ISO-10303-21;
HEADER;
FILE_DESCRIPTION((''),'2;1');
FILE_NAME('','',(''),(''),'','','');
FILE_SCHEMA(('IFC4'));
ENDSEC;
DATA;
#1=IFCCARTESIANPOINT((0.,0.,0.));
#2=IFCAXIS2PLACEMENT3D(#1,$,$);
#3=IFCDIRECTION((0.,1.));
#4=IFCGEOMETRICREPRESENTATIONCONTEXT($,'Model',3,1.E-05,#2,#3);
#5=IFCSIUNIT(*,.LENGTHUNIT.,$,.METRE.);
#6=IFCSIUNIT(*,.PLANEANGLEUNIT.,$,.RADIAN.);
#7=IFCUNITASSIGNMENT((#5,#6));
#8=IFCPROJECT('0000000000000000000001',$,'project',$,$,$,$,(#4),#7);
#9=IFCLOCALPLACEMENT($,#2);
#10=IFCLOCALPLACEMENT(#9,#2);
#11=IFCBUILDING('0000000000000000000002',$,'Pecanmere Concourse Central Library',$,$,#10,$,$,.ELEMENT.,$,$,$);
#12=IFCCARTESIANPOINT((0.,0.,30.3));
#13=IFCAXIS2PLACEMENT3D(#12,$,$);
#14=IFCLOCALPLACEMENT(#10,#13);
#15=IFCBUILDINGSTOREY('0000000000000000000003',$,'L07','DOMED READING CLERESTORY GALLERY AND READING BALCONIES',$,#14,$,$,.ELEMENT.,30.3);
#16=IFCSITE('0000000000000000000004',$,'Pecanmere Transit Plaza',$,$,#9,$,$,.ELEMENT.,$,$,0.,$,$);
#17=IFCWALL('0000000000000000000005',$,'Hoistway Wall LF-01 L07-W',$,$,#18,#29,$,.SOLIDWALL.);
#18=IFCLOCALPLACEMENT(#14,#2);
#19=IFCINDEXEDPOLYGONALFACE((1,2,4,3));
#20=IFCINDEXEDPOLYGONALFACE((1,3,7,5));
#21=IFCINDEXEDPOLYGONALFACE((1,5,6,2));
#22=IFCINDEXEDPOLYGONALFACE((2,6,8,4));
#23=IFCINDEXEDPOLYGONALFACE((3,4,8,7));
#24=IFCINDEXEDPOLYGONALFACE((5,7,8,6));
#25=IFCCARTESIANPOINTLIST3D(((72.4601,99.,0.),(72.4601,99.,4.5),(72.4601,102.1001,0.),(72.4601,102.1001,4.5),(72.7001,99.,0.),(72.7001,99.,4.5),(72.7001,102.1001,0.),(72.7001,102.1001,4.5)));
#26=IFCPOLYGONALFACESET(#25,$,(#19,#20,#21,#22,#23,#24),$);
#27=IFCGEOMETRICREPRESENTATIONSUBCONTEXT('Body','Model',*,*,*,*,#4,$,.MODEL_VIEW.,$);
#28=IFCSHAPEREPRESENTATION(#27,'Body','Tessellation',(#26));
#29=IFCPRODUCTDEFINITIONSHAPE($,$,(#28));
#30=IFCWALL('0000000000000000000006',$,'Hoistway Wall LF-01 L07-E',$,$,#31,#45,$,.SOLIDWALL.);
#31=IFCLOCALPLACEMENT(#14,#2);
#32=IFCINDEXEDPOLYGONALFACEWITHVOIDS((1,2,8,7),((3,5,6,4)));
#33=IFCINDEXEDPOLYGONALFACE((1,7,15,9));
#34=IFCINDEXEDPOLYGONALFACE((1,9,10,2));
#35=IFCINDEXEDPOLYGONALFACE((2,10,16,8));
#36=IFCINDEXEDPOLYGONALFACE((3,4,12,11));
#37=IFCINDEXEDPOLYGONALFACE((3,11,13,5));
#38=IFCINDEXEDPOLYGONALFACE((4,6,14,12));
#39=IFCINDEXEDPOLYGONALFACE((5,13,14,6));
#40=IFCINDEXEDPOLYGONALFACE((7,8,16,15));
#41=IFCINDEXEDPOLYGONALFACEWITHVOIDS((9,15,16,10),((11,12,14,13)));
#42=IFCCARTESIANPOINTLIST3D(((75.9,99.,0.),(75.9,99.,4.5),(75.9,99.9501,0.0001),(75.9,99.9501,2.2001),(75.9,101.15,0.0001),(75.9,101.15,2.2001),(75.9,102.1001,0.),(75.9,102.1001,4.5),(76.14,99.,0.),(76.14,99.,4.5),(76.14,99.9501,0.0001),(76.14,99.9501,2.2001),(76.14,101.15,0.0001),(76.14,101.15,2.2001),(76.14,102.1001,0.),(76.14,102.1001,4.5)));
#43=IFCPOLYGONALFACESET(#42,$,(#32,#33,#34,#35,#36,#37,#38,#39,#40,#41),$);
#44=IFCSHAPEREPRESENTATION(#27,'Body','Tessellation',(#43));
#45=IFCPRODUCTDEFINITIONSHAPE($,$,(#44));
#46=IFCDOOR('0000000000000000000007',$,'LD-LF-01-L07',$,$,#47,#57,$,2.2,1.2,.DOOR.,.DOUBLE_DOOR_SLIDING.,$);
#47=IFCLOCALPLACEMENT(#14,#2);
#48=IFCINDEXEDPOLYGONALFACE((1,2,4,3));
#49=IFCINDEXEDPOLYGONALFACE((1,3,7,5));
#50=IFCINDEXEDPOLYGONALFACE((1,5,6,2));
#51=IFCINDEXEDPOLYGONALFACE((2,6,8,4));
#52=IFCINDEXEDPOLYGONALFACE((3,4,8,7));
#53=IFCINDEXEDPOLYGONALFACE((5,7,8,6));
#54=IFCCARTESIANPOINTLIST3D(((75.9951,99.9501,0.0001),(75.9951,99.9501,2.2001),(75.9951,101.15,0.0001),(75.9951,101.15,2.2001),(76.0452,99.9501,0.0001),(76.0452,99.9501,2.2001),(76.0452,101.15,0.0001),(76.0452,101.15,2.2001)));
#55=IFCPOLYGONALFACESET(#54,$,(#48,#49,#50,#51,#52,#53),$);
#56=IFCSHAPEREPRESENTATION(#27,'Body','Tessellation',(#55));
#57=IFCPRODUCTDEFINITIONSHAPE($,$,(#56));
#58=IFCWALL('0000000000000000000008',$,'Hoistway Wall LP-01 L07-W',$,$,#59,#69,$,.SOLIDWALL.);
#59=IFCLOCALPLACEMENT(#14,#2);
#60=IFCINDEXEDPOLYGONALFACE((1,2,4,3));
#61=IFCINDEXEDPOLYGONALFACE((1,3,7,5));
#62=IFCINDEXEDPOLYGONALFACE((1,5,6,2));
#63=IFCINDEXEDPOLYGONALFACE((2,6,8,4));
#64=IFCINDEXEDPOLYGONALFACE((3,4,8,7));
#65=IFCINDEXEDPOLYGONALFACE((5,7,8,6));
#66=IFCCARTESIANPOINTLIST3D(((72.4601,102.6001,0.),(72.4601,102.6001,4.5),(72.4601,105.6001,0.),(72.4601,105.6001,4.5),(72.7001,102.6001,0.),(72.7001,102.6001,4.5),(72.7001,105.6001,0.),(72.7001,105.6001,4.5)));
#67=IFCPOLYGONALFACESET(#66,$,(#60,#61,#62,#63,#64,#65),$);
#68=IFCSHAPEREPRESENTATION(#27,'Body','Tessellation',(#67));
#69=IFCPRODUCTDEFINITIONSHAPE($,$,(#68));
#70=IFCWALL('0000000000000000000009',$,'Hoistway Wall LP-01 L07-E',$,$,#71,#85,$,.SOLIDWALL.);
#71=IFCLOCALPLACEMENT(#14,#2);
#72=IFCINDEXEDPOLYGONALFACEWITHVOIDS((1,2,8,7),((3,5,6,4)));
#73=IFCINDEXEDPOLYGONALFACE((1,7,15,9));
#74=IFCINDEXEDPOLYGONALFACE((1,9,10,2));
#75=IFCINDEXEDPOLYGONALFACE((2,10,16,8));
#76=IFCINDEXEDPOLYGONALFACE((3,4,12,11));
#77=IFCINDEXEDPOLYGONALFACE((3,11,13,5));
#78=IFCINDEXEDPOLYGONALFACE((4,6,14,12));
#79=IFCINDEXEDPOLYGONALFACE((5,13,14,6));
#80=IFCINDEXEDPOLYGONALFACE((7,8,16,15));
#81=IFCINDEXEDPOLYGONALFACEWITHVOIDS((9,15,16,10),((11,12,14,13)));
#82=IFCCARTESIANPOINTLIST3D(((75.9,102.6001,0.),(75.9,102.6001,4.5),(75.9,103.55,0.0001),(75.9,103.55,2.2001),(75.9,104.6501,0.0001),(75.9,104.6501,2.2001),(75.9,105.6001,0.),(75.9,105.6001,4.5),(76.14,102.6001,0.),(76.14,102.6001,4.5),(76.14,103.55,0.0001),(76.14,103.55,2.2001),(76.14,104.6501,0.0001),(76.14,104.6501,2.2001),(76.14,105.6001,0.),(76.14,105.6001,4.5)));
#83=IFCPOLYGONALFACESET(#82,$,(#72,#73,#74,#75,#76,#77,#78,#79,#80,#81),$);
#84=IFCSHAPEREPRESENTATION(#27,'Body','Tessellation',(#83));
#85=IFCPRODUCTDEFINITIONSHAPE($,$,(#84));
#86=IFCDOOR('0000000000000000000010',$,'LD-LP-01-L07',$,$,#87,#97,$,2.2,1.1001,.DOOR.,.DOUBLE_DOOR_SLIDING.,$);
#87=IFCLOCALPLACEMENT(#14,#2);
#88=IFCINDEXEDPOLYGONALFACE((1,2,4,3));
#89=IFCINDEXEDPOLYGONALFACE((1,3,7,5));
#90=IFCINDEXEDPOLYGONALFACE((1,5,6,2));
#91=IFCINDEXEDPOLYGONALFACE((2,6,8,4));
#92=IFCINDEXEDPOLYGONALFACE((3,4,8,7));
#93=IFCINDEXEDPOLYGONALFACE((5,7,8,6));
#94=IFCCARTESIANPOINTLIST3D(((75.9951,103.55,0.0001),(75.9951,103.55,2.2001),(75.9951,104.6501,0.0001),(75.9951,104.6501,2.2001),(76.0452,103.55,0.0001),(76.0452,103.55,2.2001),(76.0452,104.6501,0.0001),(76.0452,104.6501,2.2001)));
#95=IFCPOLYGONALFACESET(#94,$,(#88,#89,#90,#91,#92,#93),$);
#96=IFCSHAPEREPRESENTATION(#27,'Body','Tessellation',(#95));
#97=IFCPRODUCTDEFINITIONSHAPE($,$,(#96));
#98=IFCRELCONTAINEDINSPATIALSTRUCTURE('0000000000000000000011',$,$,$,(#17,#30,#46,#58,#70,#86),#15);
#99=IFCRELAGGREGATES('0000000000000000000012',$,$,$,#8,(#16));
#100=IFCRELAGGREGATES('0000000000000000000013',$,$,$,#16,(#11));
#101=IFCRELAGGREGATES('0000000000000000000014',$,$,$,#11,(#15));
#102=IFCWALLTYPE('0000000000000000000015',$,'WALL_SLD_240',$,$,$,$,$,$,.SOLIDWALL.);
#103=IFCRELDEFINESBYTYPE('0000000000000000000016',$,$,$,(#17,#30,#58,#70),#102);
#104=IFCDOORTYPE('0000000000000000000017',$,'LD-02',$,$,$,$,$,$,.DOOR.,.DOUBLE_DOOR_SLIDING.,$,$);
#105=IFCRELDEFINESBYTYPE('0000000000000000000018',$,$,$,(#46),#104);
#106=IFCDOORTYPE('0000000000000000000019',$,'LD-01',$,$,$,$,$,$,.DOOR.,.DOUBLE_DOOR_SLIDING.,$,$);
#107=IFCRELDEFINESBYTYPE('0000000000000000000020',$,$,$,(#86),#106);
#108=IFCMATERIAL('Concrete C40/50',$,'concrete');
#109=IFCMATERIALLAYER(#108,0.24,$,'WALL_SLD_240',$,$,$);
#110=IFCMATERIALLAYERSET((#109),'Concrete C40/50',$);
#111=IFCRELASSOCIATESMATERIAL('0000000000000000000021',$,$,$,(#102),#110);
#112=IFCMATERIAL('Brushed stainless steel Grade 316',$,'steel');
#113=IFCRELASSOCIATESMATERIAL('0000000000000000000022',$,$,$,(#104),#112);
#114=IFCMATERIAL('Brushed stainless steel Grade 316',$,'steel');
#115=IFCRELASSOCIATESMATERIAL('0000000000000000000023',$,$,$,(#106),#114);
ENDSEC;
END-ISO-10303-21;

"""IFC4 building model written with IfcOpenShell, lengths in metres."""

from ifc_helpers import new_model, si_unit, direction, frame, frame_2d, origin, place, context, subcontext, project, spatial, rectangle, extrude, material, layer, layer_set, type_object, element, fill, save


model = new_model("IFC4")

# Units and contexts
model_context = context("Model", 3, precision=1e-05, world=origin(), true_north=direction((0.0, 1.0)))
body_context = subcontext(model_context, "Body", "Model", "MODEL_VIEW")
ifc_project = project(units=[si_unit("LENGTHUNIT", "METRE"), si_unit("PLANEANGLEUNIT", "RADIAN")], contexts=[model_context])

# Site, building, storey
site_placement = place(None, origin())
site = spatial("IfcSite", under=ifc_project, at=site_placement, Name="Pecanmere Transit Plaza", CompositionType="ELEMENT", RefElevation=0.0)
building_placement = place(site_placement, origin())
building = spatial("IfcBuilding", under=site, at=building_placement, Name="Pecanmere Concourse Central Library", CompositionType="ELEMENT")
storey_placement = place(building_placement, frame((0.0, 0.0, 30.3)))
storey = spatial("IfcBuildingStorey", under=building, at=storey_placement, Name="L07", Description="DOMED READING CLERESTORY GALLERY AND READING BALCONIES", CompositionType="ELEMENT", Elevation=30.3)

# Wall
ifc_material_1 = material(Name="Concrete C40/50", Category="concrete")
ifc_layer_1 = layer(ifc_material_1, 0.24, Name="WALL_SLD_240")
ifc_layer_set_1 = layer_set([ifc_layer_1], Name="Concrete C40/50")
wall_type_1 = type_object("IfcWallType", Name="WALL_SLD_240", PredefinedType="SOLIDWALL", material=ifc_layer_set_1)
wall_1_placement = place(storey_placement, frame((72.5801, 99.0, 0.0), z_axis=(0.0, 0.0, 1.0), x_axis=(0.0, 1.0, 0.0)))
element("IfcWall", 1, at=wall_1_placement, inside=storey, type_object=wall_type_1, Name="Hoistway Wall LF-01 L07-W", PredefinedType="SOLIDWALL", context=body_context, shape_type="SweptSolid", body=[
    extrude(rectangle(XDim=3.1001, YDim=0.24, at=frame_2d((1.55, 0.0))), origin(), (0.0, 0.0, 1.0), 4.5),
])

# Wall, opening, door
wall_2_placement = place(storey_placement, frame((76.02, 99.0, 0.0), z_axis=(0.0, 0.0, 1.0), x_axis=(0.0, 1.0, 0.0)))
wall_2 = element("IfcWall", 2, at=wall_2_placement, inside=storey, type_object=wall_type_1, Name="Hoistway Wall LF-01 L07-E", PredefinedType="SOLIDWALL", context=body_context, shape_type="SweptSolid", body=[
    extrude(rectangle(XDim=3.1001, YDim=0.24, at=frame_2d((1.55, 0.0))), origin(), (0.0, 0.0, 1.0), 4.5),
])
opening_1_placement = place(wall_2_placement, frame((0.95, 0.0, 0.0)))
opening_1 = element("IfcOpeningElement", 3, at=opening_1_placement, cuts=wall_2, PredefinedType="OPENING", context=body_context, shape_type="SweptSolid", body=[
    extrude(rectangle(XDim=1.2, YDim=2.2, at=frame_2d((0.6001, 1.1001))), frame((0.0, 0.1318, 0.0), z_axis=(0.0, -1.0, 0.0), x_axis=(1.0, 0.0, 0.0)), (0.0, 0.0, 1.0), 0.2639),
])
ifc_material_2 = material(Name="Brushed stainless steel Grade 316", Category="steel")
door_type_1 = type_object("IfcDoorType", Name="LD-02", OperationType="DOUBLE_DOOR_SLIDING", PredefinedType="DOOR", material=ifc_material_2)
door_1_placement = place(opening_1_placement, origin())
door_1 = element("IfcDoor", 4, at=door_1_placement, inside=storey, type_object=door_type_1, Name="LD-LF-01-L07", OperationType="DOUBLE_DOOR_SLIDING", OverallHeight=2.2, OverallWidth=1.2, PredefinedType="DOOR", context=body_context, shape_type="SweptSolid", body=[
    extrude(rectangle(XDim=1.2, YDim=2.2, at=frame_2d((0.6001, 1.1001))), frame((0.0, 0.0249, 0.0), z_axis=(0.0, -1.0, 0.0), x_axis=(1.0, 0.0, 0.0)), (0.0, 0.0, 1.0), 0.05),
])
fill(opening_1, door_1)

# Wall
wall_3_placement = place(storey_placement, frame((72.5801, 102.6001, 0.0), z_axis=(0.0, 0.0, 1.0), x_axis=(0.0, 1.0, 0.0)))
element("IfcWall", 5, at=wall_3_placement, inside=storey, type_object=wall_type_1, Name="Hoistway Wall LP-01 L07-W", PredefinedType="SOLIDWALL", context=body_context, shape_type="SweptSolid", body=[
    extrude(rectangle(XDim=3.0, YDim=0.24, at=frame_2d((1.5, 0.0))), origin(), (0.0, 0.0, 1.0), 4.5),
])

# Wall, opening, door
wall_4_placement = place(storey_placement, frame((76.02, 102.6001, 0.0), z_axis=(0.0, 0.0, 1.0), x_axis=(0.0, 1.0, 0.0)))
wall_4 = element("IfcWall", 6, at=wall_4_placement, inside=storey, type_object=wall_type_1, Name="Hoistway Wall LP-01 L07-E", PredefinedType="SOLIDWALL", context=body_context, shape_type="SweptSolid", body=[
    extrude(rectangle(XDim=3.0, YDim=0.24, at=frame_2d((1.5, 0.0))), origin(), (0.0, 0.0, 1.0), 4.5),
])
opening_2_placement = place(wall_4_placement, frame((0.95, 0.0, 0.0)))
opening_2 = element("IfcOpeningElement", 7, at=opening_2_placement, cuts=wall_4, PredefinedType="OPENING", context=body_context, shape_type="SweptSolid", body=[
    extrude(rectangle(XDim=1.1001, YDim=2.2, at=frame_2d((0.55, 1.1001))), frame((0.0, 0.1318, 0.0), z_axis=(0.0, -1.0, 0.0), x_axis=(1.0, 0.0, 0.0)), (0.0, 0.0, 1.0), 0.2639),
])
ifc_material_3 = material(Name="Brushed stainless steel Grade 316", Category="steel")
door_type_2 = type_object("IfcDoorType", Name="LD-01", OperationType="DOUBLE_DOOR_SLIDING", PredefinedType="DOOR", material=ifc_material_3)
door_2_placement = place(opening_2_placement, origin())
door_2 = element("IfcDoor", 8, at=door_2_placement, inside=storey, type_object=door_type_2, Name="LD-LP-01-L07", OperationType="DOUBLE_DOOR_SLIDING", OverallHeight=2.2, OverallWidth=1.1001, PredefinedType="DOOR", context=body_context, shape_type="SweptSolid", body=[
    extrude(rectangle(XDim=1.1001, YDim=2.2, at=frame_2d((0.55, 1.1001))), frame((0.0, 0.0249, 0.0), z_axis=(0.0, -1.0, 0.0), x_axis=(1.0, 0.0, 0.0)), (0.0, 0.0, 1.0), 0.05),
])
fill(opening_2, door_2)

save(model, "model.ifc")
